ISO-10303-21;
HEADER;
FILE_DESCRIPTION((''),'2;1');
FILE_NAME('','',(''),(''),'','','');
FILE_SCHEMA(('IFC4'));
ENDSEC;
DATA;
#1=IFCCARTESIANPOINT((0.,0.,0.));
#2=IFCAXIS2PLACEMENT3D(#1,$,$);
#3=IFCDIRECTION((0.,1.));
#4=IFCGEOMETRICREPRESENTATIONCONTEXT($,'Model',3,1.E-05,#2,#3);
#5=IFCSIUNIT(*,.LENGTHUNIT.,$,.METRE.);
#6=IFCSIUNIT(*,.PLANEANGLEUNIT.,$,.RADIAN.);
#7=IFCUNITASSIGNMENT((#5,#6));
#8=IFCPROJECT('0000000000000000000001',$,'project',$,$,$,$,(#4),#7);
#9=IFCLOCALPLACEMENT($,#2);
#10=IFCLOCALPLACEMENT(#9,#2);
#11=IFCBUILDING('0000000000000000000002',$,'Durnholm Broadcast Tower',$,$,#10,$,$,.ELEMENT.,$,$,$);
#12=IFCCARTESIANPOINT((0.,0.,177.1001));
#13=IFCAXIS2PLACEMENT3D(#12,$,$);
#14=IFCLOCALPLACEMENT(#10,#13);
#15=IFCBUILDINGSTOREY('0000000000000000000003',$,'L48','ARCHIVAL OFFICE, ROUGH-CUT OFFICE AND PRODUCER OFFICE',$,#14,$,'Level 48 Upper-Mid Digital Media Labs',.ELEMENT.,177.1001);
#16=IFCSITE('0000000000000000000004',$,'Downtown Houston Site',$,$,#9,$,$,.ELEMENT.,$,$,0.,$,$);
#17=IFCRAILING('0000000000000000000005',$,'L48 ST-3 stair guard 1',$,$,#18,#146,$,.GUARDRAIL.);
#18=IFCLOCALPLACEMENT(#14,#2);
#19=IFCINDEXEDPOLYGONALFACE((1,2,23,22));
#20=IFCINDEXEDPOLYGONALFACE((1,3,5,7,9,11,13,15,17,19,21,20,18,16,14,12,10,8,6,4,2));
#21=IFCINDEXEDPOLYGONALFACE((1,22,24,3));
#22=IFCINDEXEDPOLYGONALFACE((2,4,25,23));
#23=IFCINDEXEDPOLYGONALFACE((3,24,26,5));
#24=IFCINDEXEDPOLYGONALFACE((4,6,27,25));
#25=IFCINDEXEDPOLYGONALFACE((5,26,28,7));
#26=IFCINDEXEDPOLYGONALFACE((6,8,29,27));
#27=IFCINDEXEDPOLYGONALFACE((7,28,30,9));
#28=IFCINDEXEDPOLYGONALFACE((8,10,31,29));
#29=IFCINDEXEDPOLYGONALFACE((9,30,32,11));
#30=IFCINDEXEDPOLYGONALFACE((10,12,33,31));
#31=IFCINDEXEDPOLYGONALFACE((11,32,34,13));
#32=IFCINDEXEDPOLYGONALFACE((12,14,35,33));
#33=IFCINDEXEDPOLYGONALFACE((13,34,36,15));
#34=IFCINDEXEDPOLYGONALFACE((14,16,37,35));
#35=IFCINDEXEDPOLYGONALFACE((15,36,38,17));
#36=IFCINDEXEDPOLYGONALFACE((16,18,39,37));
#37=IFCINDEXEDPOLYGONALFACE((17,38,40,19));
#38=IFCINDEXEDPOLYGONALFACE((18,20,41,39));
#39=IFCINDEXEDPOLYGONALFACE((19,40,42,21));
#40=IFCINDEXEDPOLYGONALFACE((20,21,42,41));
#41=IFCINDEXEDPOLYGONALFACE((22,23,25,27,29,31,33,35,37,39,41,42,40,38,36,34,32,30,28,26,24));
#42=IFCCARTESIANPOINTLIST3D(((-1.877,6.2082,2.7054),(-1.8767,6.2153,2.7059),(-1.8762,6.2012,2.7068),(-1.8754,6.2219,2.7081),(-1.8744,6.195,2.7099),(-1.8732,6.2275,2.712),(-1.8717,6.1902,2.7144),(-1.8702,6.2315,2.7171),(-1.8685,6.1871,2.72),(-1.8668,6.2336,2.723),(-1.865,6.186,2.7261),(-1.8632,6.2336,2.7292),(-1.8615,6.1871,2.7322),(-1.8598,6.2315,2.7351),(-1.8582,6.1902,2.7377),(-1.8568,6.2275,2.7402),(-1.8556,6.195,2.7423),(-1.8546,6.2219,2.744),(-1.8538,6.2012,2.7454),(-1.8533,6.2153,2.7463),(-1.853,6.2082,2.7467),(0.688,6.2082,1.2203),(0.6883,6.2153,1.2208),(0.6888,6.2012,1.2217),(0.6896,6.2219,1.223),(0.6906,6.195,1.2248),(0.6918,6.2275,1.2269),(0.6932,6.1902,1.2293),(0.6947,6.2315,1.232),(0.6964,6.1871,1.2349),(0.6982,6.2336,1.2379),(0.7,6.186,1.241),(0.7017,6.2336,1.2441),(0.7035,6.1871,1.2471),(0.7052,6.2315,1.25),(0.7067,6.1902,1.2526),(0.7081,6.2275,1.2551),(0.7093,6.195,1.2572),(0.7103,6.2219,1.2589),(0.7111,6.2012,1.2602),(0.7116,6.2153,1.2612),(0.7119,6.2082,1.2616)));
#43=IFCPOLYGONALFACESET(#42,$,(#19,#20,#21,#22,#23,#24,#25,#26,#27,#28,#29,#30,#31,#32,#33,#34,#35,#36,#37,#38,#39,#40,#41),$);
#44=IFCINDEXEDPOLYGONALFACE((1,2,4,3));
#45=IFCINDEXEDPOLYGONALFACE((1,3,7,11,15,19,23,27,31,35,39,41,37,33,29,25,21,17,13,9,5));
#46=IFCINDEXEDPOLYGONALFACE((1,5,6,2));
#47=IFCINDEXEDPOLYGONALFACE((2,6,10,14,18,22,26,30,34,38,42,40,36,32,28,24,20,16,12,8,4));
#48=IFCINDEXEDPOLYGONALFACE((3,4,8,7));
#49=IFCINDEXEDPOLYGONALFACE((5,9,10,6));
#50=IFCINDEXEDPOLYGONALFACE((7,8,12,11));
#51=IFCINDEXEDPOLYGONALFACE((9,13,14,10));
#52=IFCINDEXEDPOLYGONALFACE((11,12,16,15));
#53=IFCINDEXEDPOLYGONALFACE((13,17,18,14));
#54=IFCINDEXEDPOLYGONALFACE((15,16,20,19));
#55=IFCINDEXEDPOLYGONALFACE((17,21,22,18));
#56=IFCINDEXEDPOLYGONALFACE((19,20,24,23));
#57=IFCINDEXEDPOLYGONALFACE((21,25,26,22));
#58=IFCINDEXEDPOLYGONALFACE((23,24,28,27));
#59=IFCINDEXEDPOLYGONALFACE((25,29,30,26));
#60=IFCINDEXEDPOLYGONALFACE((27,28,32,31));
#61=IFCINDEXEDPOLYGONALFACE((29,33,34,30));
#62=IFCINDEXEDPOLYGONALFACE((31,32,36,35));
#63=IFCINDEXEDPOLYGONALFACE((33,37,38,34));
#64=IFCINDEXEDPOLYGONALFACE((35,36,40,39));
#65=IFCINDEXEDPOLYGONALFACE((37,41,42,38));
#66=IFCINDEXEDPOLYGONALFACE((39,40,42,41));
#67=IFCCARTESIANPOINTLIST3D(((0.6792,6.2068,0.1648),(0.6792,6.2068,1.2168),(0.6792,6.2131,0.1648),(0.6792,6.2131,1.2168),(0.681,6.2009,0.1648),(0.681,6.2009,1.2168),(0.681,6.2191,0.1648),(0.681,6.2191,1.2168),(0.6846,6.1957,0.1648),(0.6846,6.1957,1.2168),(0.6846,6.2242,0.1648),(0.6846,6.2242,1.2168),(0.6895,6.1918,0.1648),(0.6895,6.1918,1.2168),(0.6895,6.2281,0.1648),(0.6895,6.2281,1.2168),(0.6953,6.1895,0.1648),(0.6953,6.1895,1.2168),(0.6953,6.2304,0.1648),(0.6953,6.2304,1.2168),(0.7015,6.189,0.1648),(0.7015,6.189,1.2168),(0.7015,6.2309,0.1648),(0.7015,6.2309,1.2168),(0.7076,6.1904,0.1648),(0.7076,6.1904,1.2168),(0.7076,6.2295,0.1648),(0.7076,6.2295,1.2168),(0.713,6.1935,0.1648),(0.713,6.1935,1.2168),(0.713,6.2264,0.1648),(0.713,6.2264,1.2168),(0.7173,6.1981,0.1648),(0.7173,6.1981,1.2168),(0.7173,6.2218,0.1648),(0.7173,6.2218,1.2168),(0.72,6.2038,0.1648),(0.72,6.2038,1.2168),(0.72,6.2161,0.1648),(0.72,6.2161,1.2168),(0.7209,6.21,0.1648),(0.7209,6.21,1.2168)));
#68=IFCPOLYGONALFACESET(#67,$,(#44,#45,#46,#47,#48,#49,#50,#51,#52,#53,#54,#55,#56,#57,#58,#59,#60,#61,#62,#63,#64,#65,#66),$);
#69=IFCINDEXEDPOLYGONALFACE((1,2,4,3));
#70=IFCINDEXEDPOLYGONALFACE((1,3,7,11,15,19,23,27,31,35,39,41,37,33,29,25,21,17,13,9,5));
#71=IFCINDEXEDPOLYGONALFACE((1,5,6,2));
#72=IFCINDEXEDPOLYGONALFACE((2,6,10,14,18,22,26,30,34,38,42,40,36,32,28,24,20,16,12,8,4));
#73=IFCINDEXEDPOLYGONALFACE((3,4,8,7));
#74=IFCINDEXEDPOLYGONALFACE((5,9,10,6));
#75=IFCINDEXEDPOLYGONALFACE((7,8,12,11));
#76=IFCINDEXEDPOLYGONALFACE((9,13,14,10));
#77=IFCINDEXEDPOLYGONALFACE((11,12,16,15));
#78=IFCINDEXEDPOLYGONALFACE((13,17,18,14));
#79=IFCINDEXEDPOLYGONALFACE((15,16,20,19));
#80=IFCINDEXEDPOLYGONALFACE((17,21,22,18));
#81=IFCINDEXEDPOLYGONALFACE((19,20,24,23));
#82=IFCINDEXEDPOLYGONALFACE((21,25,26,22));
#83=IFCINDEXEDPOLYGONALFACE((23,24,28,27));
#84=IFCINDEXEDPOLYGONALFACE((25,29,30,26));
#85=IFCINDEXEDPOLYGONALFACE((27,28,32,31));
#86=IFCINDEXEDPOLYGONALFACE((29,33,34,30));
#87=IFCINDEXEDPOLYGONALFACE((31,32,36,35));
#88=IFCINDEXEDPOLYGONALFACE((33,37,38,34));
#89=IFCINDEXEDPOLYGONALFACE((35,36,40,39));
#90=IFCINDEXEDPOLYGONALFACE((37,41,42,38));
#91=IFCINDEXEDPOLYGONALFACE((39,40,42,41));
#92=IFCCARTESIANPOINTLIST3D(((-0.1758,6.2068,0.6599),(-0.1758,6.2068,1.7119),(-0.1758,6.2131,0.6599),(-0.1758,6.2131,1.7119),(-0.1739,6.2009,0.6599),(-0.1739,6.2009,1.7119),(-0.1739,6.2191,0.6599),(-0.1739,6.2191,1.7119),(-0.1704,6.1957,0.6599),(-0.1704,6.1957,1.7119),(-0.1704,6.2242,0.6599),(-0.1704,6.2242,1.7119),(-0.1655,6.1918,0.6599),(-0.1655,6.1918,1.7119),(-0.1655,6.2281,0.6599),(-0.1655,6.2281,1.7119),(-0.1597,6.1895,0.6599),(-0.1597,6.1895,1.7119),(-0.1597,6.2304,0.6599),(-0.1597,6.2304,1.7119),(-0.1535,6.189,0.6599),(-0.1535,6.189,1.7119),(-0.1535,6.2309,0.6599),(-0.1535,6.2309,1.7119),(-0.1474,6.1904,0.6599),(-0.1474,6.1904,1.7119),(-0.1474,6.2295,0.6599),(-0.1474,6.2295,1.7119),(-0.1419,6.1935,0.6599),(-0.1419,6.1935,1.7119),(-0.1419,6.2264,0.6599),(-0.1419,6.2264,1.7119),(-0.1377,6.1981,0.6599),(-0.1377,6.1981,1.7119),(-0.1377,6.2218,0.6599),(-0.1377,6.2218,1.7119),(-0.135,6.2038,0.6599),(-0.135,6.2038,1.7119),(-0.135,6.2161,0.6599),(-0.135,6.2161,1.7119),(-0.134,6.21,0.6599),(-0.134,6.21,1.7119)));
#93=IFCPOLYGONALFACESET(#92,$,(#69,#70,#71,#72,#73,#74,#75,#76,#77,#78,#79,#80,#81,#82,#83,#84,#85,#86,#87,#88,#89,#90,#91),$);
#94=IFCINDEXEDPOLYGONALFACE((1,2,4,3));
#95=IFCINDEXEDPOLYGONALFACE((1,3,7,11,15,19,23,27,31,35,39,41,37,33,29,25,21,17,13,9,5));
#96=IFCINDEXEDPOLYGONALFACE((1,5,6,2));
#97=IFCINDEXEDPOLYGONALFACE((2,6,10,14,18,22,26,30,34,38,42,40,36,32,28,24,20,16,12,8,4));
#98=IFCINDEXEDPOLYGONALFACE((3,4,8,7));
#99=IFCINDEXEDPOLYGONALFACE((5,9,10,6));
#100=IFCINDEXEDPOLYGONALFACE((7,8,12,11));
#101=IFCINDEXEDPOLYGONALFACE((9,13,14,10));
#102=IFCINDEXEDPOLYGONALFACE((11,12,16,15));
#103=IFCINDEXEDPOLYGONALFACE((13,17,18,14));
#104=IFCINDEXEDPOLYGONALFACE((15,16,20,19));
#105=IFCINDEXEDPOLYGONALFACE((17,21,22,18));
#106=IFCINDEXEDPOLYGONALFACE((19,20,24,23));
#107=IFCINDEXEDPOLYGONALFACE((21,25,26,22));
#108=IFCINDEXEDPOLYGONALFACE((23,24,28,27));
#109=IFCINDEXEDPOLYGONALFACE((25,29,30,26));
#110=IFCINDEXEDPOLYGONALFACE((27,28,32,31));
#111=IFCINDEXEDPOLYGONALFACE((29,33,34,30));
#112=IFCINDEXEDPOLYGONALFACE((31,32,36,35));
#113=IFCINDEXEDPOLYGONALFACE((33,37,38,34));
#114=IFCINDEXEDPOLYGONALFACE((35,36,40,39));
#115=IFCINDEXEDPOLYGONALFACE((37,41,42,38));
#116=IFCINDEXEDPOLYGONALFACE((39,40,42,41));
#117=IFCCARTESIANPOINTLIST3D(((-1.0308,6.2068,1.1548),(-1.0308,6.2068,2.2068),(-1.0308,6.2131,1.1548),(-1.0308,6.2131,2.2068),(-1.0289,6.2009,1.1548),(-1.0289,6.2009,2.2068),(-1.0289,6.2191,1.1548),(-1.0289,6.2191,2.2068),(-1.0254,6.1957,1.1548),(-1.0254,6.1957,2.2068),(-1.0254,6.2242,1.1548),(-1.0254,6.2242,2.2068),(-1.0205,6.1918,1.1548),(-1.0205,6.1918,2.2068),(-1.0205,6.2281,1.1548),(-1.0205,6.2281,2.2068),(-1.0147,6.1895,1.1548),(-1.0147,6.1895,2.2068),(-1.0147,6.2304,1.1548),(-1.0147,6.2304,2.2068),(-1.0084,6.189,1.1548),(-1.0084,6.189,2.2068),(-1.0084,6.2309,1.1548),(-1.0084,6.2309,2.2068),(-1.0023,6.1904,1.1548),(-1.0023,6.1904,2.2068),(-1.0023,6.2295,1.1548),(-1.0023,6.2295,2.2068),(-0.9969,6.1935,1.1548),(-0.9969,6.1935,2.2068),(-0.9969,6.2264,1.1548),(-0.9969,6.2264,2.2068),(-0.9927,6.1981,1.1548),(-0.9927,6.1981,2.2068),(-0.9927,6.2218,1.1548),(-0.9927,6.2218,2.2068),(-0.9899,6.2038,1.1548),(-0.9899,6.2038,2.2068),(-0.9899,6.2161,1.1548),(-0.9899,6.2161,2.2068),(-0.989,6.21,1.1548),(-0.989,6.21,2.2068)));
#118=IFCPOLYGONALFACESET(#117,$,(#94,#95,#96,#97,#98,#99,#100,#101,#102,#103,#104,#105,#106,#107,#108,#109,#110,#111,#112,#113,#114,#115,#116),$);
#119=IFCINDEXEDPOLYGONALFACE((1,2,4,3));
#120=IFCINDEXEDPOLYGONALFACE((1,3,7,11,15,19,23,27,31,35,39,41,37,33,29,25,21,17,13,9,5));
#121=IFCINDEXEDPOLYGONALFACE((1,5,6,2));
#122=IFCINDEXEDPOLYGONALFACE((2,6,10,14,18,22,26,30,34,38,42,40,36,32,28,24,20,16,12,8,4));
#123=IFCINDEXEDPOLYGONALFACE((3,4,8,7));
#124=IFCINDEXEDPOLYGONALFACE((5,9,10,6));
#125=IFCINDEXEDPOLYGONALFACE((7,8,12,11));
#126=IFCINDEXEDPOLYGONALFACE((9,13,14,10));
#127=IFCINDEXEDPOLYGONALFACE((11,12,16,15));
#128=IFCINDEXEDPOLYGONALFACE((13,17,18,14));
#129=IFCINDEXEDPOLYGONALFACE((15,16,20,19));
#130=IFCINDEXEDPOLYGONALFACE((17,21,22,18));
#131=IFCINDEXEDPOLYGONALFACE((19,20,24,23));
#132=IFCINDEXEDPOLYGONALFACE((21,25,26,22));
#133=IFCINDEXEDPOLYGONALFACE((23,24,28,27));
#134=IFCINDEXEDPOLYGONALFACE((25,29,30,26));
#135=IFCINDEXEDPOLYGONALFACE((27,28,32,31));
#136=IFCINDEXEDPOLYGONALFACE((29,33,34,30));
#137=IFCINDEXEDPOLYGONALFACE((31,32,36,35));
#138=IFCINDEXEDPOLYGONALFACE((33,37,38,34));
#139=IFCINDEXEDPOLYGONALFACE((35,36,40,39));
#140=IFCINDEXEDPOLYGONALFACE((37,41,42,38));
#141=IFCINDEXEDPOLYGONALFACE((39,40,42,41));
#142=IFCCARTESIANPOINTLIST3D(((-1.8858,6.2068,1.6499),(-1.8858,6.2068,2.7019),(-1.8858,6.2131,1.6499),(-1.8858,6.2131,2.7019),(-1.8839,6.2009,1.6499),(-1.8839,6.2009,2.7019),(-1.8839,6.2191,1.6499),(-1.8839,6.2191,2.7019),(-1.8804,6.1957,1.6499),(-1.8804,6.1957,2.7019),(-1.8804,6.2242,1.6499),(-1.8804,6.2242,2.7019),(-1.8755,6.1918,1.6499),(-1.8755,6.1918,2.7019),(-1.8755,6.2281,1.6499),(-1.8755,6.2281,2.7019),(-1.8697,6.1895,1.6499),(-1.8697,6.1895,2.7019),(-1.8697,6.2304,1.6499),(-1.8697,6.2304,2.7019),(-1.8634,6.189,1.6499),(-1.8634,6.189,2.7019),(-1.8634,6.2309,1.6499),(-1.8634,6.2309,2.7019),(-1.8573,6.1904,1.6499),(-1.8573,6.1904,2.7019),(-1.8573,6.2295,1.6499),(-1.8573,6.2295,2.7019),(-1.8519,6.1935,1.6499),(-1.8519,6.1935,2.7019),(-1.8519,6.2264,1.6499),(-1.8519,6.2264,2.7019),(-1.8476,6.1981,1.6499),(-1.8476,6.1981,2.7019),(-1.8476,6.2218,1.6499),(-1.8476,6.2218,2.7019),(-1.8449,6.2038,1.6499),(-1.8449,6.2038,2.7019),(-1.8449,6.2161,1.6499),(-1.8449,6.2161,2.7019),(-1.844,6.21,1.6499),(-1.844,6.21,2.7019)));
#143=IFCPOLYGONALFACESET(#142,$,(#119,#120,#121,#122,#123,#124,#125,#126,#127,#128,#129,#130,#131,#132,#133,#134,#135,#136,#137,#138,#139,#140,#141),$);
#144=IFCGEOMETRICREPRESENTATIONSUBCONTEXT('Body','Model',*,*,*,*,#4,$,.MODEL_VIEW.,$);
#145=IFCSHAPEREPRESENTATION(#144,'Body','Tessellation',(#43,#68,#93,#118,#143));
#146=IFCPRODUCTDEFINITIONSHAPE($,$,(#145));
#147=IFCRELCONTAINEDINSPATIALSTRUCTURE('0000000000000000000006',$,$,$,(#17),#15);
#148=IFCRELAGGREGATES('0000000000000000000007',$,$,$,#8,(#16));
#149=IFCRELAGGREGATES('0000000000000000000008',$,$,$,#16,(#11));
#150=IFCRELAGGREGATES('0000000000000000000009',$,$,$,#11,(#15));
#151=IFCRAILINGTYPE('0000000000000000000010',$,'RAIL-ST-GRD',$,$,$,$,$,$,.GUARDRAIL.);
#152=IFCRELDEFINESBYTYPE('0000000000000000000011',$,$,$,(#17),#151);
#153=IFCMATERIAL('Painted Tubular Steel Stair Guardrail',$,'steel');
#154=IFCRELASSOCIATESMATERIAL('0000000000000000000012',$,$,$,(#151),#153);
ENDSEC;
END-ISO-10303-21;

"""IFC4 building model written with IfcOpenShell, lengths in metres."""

from ifc_helpers import new_model, si_unit, direction, frame, origin, origin_2d, place, context, subcontext, project, spatial, circle, extrude, material, type_object, element, save


model = new_model("IFC4")

# Units and contexts
model_context = context("Model", 3, precision=1e-05, world=origin(), true_north=direction((0.0, 1.0)))
body_context = subcontext(model_context, "Body", "Model", "MODEL_VIEW")
ifc_project = project(units=[si_unit("LENGTHUNIT", "METRE"), si_unit("PLANEANGLEUNIT", "RADIAN")], contexts=[model_context])

# Site, building, storey
site_placement = place(None, origin())
site = spatial("IfcSite", under=ifc_project, at=site_placement, Name="Downtown Houston Site", CompositionType="ELEMENT", RefElevation=0.0)
building_placement = place(site_placement, origin())
building = spatial("IfcBuilding", under=site, at=building_placement, Name="Durnholm Broadcast Tower", CompositionType="ELEMENT")
storey_placement = place(building_placement, frame((0.0, 0.0, 177.1001)))
storey = spatial("IfcBuildingStorey", under=building, at=storey_placement, Name="L48", Description="ARCHIVAL OFFICE, ROUGH-CUT OFFICE AND PRODUCER OFFICE", LongName="Level 48 Upper-Mid Digital Media Labs", CompositionType="ELEMENT", Elevation=177.1001)

# Railing
ifc_material_1 = material(Name="Painted Tubular Steel Stair Guardrail", Category="steel")
railing_type_1 = type_object("IfcRailingType", Name="RAIL-ST-GRD", PredefinedType="GUARDRAIL", material=ifc_material_1)
railing_1_placement = place(storey_placement, frame((0.7, 6.21, 0.1648)))
element("IfcRailing", 1, at=railing_1_placement, inside=storey, type_object=railing_type_1, Name="L48 ST-3 stair guard 1", PredefinedType="GUARDRAIL", context=body_context, shape_type="SweptSolid", body=[
    extrude(circle(Radius=0.0239, at=origin_2d()), frame((0.0, 0.0, 1.0762), z_axis=(-0.865406, 0.0, 0.501072), x_axis=(0.0, -1.0, 0.0)), (0.0, 0.0, 1.0), 2.9639),
    extrude(circle(Radius=0.021, at=origin_2d()), origin(), (0.0, 0.0, 1.0), 1.052),
    extrude(circle(Radius=0.021, at=origin_2d()), frame((-0.855, 0.0, 0.4951)), (0.0, 0.0, 1.0), 1.052),
    extrude(circle(Radius=0.021, at=origin_2d()), frame((-1.71, 0.0, 0.99)), (0.0, 0.0, 1.0), 1.052),
    extrude(circle(Radius=0.021, at=origin_2d()), frame((-2.5649, 0.0, 1.4851)), (0.0, 0.0, 1.0), 1.052),
])

save(model, "model.ifc")
